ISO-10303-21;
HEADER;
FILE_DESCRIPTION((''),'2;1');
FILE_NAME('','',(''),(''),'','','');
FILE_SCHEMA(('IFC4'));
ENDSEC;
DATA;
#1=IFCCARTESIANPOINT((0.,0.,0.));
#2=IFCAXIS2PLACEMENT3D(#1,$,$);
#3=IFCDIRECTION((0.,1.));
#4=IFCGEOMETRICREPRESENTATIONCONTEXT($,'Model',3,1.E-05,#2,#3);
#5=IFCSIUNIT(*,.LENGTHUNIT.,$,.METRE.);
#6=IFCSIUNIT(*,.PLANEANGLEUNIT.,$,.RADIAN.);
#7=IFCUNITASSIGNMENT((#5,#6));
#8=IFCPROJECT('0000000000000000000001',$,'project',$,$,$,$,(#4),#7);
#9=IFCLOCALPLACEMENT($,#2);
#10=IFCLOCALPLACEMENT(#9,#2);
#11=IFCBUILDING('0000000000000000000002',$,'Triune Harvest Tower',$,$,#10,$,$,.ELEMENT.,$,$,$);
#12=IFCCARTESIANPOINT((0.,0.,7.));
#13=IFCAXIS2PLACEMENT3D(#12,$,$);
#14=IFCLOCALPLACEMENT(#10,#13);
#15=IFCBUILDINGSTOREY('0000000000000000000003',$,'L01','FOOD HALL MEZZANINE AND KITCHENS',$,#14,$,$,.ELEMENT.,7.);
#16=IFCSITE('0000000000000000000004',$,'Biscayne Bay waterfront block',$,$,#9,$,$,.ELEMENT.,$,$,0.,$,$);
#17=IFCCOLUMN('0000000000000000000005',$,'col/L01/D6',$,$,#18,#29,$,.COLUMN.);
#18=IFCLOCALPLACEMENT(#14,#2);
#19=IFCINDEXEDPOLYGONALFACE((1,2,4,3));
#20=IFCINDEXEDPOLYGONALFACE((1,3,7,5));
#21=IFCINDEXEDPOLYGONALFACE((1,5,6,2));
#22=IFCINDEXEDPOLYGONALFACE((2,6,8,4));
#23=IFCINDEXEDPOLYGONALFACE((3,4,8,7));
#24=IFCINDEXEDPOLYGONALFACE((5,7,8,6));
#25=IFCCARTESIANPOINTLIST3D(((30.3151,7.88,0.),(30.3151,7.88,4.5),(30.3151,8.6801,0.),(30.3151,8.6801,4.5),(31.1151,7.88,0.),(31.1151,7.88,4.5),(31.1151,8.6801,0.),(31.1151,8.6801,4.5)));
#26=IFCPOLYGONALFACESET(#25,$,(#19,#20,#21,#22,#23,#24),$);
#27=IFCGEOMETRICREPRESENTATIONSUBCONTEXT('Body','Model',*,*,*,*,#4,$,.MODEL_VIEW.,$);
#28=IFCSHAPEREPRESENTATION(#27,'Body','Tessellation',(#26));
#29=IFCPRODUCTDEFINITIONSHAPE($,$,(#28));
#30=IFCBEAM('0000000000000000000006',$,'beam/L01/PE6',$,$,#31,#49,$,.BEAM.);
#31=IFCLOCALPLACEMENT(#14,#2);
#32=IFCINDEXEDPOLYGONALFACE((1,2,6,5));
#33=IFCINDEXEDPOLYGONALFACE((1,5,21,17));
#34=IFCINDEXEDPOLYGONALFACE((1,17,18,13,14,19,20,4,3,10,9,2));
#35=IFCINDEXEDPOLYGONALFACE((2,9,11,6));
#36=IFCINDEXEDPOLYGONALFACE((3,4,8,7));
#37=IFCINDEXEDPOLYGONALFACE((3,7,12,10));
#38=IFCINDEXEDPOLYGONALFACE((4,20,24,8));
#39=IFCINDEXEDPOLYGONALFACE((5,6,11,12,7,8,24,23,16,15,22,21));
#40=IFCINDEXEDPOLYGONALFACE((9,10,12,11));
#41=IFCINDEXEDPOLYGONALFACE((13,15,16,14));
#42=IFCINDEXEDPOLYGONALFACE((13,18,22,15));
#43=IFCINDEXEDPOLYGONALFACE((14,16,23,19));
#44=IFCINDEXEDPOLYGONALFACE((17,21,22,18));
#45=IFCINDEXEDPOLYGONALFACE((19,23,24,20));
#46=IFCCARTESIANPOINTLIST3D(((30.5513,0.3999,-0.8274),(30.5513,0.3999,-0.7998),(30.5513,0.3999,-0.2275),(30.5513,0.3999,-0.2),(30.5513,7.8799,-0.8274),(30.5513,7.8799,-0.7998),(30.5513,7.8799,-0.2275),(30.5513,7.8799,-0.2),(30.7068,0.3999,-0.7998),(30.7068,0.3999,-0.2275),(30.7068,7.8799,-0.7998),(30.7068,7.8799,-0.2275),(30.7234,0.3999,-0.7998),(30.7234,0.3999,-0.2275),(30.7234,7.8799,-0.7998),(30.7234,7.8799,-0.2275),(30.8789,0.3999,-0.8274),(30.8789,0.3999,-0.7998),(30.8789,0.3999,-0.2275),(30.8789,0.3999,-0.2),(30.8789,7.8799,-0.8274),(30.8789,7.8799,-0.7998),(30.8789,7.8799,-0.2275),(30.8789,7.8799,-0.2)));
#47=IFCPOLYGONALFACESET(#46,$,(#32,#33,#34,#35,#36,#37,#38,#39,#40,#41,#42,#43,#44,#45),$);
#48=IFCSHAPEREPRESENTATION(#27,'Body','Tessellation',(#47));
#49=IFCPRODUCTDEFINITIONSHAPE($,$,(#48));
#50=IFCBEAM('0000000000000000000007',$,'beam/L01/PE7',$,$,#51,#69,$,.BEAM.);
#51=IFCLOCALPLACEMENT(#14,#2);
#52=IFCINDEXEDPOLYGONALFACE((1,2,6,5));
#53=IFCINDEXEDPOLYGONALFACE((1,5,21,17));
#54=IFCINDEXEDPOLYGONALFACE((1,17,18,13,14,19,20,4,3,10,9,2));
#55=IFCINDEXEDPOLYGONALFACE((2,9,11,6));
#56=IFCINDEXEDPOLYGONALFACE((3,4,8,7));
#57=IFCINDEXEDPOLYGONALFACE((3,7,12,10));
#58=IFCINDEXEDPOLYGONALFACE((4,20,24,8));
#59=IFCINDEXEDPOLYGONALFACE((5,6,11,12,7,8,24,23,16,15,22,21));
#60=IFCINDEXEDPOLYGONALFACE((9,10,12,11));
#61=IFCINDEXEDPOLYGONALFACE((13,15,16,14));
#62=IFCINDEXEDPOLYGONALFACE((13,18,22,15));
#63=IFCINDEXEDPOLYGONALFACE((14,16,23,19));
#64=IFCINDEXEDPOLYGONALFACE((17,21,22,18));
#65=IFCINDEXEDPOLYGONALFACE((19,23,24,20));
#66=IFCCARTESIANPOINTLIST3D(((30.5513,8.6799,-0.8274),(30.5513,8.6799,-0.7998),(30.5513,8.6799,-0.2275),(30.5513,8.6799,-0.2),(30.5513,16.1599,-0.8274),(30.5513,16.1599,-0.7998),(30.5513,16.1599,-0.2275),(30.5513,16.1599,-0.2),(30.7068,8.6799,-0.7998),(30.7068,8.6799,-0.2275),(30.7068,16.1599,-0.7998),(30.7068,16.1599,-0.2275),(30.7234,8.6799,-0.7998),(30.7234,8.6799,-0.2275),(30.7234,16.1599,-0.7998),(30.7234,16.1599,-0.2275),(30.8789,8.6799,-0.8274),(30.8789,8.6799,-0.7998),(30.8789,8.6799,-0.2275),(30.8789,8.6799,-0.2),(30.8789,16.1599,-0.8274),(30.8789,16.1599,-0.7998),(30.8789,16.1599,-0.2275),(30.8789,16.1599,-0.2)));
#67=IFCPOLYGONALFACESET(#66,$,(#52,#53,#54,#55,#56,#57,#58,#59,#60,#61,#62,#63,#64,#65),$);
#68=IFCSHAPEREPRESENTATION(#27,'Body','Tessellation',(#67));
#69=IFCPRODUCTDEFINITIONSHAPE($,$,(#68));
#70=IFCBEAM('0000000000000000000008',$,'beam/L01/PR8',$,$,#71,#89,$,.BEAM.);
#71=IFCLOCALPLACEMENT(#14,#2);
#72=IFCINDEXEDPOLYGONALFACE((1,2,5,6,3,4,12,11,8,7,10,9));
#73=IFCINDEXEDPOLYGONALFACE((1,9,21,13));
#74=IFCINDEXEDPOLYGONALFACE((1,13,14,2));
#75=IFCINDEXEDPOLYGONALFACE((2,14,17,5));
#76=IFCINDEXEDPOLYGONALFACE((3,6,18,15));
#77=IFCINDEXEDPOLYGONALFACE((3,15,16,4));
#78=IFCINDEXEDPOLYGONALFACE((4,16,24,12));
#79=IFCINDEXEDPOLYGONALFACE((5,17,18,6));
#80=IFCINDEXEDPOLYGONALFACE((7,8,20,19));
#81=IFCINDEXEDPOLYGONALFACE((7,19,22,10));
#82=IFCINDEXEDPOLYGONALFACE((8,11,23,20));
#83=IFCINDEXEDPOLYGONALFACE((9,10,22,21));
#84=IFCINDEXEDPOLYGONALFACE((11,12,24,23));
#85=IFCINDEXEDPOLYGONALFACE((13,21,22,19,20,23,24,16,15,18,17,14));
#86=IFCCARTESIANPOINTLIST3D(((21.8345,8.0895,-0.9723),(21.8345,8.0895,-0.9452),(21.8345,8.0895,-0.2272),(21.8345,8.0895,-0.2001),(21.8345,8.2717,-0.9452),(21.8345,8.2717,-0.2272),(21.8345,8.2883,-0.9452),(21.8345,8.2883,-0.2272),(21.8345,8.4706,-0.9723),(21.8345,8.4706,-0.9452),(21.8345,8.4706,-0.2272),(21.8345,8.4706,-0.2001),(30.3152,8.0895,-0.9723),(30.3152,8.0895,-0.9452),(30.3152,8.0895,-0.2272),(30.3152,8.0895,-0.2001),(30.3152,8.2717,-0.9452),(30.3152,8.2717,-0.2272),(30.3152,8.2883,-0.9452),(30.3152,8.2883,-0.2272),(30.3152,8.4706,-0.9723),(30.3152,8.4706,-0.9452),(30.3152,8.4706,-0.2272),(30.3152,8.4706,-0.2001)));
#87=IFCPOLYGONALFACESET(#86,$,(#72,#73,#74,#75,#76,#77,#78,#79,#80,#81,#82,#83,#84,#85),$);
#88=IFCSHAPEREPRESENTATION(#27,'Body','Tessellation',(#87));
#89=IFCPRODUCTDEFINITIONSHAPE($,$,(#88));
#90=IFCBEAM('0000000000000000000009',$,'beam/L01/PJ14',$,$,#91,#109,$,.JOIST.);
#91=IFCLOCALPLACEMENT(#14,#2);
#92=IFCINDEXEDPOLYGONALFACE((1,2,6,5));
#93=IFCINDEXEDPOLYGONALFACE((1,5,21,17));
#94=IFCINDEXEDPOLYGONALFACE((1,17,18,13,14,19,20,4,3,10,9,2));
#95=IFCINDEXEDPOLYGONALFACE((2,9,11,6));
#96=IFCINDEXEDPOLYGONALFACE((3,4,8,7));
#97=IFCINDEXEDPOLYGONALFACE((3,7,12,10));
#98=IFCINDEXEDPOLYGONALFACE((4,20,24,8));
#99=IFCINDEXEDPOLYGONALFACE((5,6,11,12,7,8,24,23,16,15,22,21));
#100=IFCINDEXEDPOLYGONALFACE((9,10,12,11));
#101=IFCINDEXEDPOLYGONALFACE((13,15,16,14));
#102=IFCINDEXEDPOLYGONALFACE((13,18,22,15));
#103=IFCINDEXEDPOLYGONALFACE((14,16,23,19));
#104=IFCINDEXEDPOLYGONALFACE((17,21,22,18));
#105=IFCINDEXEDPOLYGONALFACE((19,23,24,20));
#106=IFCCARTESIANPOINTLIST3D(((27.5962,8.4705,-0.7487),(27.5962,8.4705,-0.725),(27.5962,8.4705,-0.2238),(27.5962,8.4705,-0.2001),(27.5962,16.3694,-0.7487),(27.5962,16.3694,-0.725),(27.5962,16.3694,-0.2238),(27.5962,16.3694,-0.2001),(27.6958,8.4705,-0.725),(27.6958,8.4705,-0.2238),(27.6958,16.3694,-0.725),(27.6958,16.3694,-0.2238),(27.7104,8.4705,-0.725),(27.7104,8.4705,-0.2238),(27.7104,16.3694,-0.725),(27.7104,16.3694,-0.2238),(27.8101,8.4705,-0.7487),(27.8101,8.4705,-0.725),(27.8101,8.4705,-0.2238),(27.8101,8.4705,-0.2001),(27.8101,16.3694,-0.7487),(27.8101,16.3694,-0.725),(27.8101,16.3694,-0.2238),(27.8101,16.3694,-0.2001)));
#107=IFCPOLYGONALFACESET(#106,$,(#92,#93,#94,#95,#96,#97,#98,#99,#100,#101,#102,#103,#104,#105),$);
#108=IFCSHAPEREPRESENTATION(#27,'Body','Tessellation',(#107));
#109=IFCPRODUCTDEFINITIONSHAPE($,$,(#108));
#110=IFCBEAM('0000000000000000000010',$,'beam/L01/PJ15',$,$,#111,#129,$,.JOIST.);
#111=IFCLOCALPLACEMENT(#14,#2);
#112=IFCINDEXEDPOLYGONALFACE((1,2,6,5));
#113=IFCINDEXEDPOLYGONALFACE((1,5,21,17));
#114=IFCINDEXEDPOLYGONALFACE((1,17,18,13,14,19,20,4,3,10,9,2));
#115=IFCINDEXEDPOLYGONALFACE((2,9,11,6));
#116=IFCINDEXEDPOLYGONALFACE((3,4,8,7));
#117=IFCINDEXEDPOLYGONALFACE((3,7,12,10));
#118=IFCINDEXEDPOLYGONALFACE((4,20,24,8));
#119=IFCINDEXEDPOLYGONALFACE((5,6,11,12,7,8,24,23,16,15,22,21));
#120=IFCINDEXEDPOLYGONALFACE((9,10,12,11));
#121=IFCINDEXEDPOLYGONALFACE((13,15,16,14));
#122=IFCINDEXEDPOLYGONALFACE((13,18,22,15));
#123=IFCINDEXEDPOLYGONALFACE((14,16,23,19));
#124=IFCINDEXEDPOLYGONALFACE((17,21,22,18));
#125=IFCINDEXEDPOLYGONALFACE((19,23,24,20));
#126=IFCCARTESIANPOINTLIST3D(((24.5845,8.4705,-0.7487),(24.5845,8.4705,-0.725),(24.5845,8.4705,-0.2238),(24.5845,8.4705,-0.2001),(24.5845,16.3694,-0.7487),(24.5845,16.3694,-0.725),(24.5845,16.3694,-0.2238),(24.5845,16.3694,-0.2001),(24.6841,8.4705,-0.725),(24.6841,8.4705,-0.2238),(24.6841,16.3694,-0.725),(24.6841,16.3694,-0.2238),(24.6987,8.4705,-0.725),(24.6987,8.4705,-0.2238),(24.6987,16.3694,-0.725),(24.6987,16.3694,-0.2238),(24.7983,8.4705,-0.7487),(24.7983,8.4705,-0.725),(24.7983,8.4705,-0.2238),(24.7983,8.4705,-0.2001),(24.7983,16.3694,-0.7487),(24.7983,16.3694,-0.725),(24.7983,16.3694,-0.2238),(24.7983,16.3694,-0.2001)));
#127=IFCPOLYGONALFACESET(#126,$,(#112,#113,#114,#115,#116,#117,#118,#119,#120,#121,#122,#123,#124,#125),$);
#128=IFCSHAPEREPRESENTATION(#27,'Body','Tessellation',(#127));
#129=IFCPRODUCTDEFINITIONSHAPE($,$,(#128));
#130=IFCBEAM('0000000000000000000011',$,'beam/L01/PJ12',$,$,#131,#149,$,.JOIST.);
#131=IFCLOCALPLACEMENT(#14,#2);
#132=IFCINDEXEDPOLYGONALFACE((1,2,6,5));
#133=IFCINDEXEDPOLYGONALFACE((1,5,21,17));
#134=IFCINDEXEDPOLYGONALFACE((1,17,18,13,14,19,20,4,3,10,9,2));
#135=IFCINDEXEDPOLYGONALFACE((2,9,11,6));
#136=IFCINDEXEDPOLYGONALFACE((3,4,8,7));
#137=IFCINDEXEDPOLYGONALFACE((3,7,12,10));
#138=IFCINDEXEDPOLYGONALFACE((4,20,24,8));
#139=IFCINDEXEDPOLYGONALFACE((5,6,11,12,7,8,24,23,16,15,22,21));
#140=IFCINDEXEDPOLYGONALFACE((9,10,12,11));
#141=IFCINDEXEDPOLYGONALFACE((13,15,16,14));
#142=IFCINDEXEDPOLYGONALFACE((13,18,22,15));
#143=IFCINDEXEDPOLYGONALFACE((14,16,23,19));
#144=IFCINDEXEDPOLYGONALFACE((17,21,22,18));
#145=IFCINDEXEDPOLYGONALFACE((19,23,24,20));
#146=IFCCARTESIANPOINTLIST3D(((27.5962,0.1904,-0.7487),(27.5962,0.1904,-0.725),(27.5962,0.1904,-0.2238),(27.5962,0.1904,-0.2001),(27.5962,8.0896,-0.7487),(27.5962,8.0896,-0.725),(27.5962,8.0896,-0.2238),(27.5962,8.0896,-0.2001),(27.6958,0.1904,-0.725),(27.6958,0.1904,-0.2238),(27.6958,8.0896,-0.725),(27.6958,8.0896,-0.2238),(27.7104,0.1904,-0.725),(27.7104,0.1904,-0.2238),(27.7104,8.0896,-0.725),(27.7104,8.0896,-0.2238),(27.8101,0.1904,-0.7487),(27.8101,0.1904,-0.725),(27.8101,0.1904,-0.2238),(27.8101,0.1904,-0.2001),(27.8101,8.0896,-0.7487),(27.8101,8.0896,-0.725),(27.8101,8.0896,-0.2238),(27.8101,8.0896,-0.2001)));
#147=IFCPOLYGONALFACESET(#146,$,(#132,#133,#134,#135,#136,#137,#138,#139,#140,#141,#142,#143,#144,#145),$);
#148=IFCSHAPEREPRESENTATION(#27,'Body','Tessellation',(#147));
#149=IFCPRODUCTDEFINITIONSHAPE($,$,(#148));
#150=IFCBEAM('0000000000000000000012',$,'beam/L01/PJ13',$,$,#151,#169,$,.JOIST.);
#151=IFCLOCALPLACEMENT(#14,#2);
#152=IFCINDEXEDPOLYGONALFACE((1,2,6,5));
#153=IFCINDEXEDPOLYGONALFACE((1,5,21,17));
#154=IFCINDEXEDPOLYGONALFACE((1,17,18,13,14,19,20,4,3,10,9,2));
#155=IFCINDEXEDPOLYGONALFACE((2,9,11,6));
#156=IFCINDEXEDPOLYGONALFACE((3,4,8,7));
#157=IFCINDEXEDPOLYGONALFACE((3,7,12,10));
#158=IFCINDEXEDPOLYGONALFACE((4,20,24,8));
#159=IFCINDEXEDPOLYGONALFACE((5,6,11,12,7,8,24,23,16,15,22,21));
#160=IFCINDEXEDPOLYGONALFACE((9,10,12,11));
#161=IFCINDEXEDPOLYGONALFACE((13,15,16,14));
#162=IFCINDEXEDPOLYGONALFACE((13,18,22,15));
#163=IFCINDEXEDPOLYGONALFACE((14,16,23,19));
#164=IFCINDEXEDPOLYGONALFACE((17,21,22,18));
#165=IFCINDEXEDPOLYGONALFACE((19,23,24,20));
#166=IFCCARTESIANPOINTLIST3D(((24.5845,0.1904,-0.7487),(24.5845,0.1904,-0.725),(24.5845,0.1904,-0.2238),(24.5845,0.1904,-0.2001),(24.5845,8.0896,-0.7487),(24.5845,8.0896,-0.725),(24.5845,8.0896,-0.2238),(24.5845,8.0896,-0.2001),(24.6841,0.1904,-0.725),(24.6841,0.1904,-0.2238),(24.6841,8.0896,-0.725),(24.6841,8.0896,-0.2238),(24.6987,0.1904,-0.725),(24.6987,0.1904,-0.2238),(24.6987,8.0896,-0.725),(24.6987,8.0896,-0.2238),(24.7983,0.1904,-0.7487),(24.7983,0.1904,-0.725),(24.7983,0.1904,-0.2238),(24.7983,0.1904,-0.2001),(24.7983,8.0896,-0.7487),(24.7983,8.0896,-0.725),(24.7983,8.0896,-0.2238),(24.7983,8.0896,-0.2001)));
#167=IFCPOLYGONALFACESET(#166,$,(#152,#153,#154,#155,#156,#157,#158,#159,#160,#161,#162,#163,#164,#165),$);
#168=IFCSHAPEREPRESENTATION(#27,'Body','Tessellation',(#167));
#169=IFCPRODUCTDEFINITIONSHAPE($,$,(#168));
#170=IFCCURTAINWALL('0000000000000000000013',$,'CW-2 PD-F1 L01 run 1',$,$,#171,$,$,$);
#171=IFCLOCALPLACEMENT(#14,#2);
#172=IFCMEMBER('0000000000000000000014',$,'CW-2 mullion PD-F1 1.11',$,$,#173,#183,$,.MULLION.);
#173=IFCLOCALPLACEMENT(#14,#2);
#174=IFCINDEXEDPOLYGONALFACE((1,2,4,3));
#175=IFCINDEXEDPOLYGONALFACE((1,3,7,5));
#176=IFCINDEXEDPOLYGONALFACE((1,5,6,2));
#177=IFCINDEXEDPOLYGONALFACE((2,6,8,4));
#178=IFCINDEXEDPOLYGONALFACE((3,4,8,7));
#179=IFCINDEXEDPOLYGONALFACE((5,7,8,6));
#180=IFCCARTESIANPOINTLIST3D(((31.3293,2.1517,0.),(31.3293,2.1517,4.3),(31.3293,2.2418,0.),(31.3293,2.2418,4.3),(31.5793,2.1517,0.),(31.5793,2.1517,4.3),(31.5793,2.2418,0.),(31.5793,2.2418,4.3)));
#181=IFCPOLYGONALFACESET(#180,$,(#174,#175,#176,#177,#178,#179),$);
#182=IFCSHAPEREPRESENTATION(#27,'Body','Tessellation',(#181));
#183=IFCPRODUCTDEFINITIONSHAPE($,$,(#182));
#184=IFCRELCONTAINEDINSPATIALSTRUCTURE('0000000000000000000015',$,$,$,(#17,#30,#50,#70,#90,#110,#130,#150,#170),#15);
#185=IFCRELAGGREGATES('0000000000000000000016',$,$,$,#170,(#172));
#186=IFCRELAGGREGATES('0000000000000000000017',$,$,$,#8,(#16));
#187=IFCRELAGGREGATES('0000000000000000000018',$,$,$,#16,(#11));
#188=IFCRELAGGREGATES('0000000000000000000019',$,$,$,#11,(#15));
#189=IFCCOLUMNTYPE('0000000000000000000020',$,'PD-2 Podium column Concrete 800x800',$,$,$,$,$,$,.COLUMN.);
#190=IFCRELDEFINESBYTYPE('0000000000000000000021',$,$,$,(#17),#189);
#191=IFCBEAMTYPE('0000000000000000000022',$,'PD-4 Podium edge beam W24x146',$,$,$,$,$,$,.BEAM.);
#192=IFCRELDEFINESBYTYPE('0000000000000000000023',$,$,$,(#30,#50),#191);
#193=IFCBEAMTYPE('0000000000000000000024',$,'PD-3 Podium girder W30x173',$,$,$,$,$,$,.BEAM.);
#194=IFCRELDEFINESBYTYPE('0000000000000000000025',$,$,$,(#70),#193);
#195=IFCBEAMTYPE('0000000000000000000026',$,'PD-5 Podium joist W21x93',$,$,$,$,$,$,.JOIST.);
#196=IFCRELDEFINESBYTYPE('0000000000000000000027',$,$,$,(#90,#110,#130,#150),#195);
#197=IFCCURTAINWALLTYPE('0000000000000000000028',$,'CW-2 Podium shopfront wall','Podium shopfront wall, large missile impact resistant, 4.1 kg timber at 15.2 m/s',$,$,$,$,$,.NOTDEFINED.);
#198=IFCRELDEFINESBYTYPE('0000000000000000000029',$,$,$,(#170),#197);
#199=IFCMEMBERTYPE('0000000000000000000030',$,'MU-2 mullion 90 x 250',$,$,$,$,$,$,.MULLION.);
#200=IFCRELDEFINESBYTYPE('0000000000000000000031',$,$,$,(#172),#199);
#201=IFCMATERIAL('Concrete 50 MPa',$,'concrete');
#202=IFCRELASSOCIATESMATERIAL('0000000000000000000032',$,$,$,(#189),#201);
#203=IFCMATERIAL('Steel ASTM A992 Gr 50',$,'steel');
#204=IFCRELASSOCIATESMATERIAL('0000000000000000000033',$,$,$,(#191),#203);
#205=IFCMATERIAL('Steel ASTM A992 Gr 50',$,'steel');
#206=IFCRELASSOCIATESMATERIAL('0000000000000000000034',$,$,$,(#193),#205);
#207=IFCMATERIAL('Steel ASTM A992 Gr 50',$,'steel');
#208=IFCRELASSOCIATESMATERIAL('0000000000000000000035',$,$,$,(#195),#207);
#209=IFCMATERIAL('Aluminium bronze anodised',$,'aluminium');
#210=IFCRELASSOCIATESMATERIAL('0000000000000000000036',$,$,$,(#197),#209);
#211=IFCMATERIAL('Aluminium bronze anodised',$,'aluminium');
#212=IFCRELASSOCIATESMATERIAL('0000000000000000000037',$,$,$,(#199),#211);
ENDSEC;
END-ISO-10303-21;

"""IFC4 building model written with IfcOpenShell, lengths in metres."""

from ifc_helpers import new_model, si_unit, direction, frame, origin, origin_2d, place, context, subcontext, project, spatial, rectangle, i_section, extrude, source, transform, mapped, material, material_profile, profile_set, type_object, element, aggregate, save


model = new_model("IFC4")

# Units and contexts
model_context = context("Model", 3, precision=1e-05, world=origin(), true_north=direction((0.0, 1.0)))
body_context = subcontext(model_context, "Body", "Model", "MODEL_VIEW")
ifc_project = project(units=[si_unit("LENGTHUNIT", "METRE"), si_unit("PLANEANGLEUNIT", "RADIAN")], contexts=[model_context])

# Site, building, storey
site_placement = place(None, origin())
site = spatial("IfcSite", under=ifc_project, at=site_placement, Name="Biscayne Bay waterfront block", CompositionType="ELEMENT", RefElevation=0.0)
building_placement = place(site_placement, origin())
building = spatial("IfcBuilding", under=site, at=building_placement, Name="Triune Harvest Tower", CompositionType="ELEMENT")
storey_placement = place(building_placement, frame((0.0, 0.0, 7.0)))
storey = spatial("IfcBuildingStorey", under=building, at=storey_placement, Name="L01", Description="FOOD HALL MEZZANINE AND KITCHENS", CompositionType="ELEMENT", Elevation=7.0)

# Column
ifc_material_1 = material(Name="Concrete 50 MPa", Category="concrete")
ifc_material_profile_1 = material_profile(ifc_material_1, rectangle(XDim=0.8, YDim=0.8, at=origin_2d()), Name="Concrete 800x800")
ifc_profile_set_1 = profile_set([ifc_material_profile_1], Name="Concrete 50 MPa")
column_type = type_object("IfcColumnType", Name="PD-2 Podium column Concrete 800x800", PredefinedType="COLUMN", material=ifc_profile_set_1)
shared_shape_1 = source(origin(), body_context, "Body", "SweptSolid", [
    extrude(rectangle(XDim=0.8, YDim=0.8, at=origin_2d()), origin(), (0.0, 0.0, 1.0), 4.5),
])
column_placement = place(storey_placement, frame((30.7151, 8.28, 0.0), z_axis=(0.0, 0.0, 1.0), x_axis=(0.0, 1.0, 0.0)))
element("IfcColumn", 1, at=column_placement, inside=storey, type_object=column_type, Name="col/L01/D6", PredefinedType="COLUMN", context=body_context, shape_type="MappedRepresentation", body=[
    mapped(shared_shape_1, transform((0.0, 0.0, 0.0), scale=1.0)),
])

# Beams
ifc_material_2 = material(Name="Steel ASTM A992 Gr 50", Category="steel")
ifc_material_profile_2 = material_profile(ifc_material_2, i_section(OverallWidth=0.3276, OverallDepth=0.6274, WebThickness=0.0166, FlangeThickness=0.0276, at=origin_2d()), Name="W24x146")
ifc_profile_set_2 = profile_set([ifc_material_profile_2], Name="Steel ASTM A992 Gr 50")
beam_type_1 = type_object("IfcBeamType", Name="PD-4 Podium edge beam W24x146", PredefinedType="BEAM", material=ifc_profile_set_2)
shared_shape_2 = source(origin(), body_context, "Body", "SweptSolid", [
    extrude(i_section(OverallWidth=0.3276, OverallDepth=0.6274, WebThickness=0.0166, FlangeThickness=0.0276, at=origin_2d()), origin(), (0.0, 0.0, 1.0), 7.48),
])
for number, where, z_axis, x_axis, name in (
    (2, (30.7151, 0.3999, -0.5137), (0.0, 1.0, 0.0), (-1.0, 0.0, 0.0), "beam/L01/PE6"),
    (3, (30.7151, 8.6799, -0.5137), (0.0, 1.0, 0.0), (-1.0, 0.0, 0.0), "beam/L01/PE7"),
):
    element("IfcBeam", number, at=place(storey_placement, frame(where, z_axis=z_axis, x_axis=x_axis)), inside=storey, type_object=beam_type_1, Name=name, PredefinedType="BEAM", context=body_context, shape_type="MappedRepresentation", body=[
        mapped(shared_shape_2, transform((0.0, 0.0, 0.0), scale=1.0)),
    ])
ifc_material_3 = material(Name="Steel ASTM A992 Gr 50", Category="steel")
ifc_material_profile_3 = material_profile(ifc_material_3, i_section(OverallWidth=0.3811, OverallDepth=0.7722, WebThickness=0.0166, FlangeThickness=0.0271, at=origin_2d()), Name="W30x173")
ifc_profile_set_3 = profile_set([ifc_material_profile_3], Name="Steel ASTM A992 Gr 50")
beam_type_2 = type_object("IfcBeamType", Name="PD-3 Podium girder W30x173", PredefinedType="BEAM", material=ifc_profile_set_3)
shared_shape_3 = source(origin(), body_context, "Body", "SweptSolid", [
    extrude(i_section(OverallWidth=0.3811, OverallDepth=0.7722, WebThickness=0.0166, FlangeThickness=0.0271, at=origin_2d()), origin(), (0.0, 0.0, 1.0), 8.4807),
])
beam_placement = place(storey_placement, frame((30.3152, 8.28, -0.5862), z_axis=(-1.0, 0.0, 0.0), x_axis=(0.0, -1.0, 0.0)))
element("IfcBeam", 4, at=beam_placement, inside=storey, type_object=beam_type_2, Name="beam/L01/PR8", PredefinedType="BEAM", context=body_context, shape_type="MappedRepresentation", body=[
    mapped(shared_shape_3, transform((0.0, 0.0, 0.0), scale=1.0)),
])
ifc_material_4 = material(Name="Steel ASTM A992 Gr 50", Category="steel")
ifc_material_profile_4 = material_profile(ifc_material_4, i_section(OverallWidth=0.2139, OverallDepth=0.5486, WebThickness=0.0146, FlangeThickness=0.0237, at=origin_2d()), Name="W21x93")
ifc_profile_set_4 = profile_set([ifc_material_profile_4], Name="Steel ASTM A992 Gr 50")
beam_type_3 = type_object("IfcBeamType", Name="PD-5 Podium joist W21x93", PredefinedType="JOIST", material=ifc_profile_set_4)
shared_shape_4 = source(origin(), body_context, "Body", "SweptSolid", [
    extrude(i_section(OverallWidth=0.2139, OverallDepth=0.5486, WebThickness=0.0146, FlangeThickness=0.0237, at=origin_2d()), origin(), (0.0, 0.0, 1.0), 7.8989),
])
for number, where, z_axis, x_axis, name in (
    (5, (27.7031, 8.4705, -0.4744), (0.0, 1.0, 0.0), (-1.0, 0.0, 0.0), "beam/L01/PJ14"),
    (6, (24.6914, 8.4705, -0.4744), (0.0, 1.0, 0.0), (-1.0, 0.0, 0.0), "beam/L01/PJ15"),
):
    element("IfcBeam", number, at=place(storey_placement, frame(where, z_axis=z_axis, x_axis=x_axis)), inside=storey, type_object=beam_type_3, Name=name, PredefinedType="JOIST", context=body_context, shape_type="MappedRepresentation", body=[
        mapped(shared_shape_4, transform((0.0, 0.0, 0.0), scale=1.0)),
    ])
shared_shape_5 = source(origin(), body_context, "Body", "SweptSolid", [
    extrude(i_section(OverallWidth=0.2139, OverallDepth=0.5486, WebThickness=0.0146, FlangeThickness=0.0237, at=origin_2d()), origin(), (0.0, 0.0, 1.0), 7.8992),
])
for number, where, z_axis, x_axis, name in (
    (7, (27.7031, 0.1904, -0.4744), (0.0, 1.0, 0.0), (-1.0, 0.0, 0.0), "beam/L01/PJ12"),
    (8, (24.6914, 0.1904, -0.4744), (0.0, 1.0, 0.0), (-1.0, 0.0, 0.0), "beam/L01/PJ13"),
):
    element("IfcBeam", number, at=place(storey_placement, frame(where, z_axis=z_axis, x_axis=x_axis)), inside=storey, type_object=beam_type_3, Name=name, PredefinedType="JOIST", context=body_context, shape_type="MappedRepresentation", body=[
        mapped(shared_shape_5, transform((0.0, 0.0, 0.0), scale=1.0)),
    ])

# Curtain wall, member
ifc_material_5 = material(Name="Aluminium bronze anodised", Category="aluminium")
curtain_wall_type = type_object("IfcCurtainWallType", Name="CW-2 Podium shopfront wall", Description="Podium shopfront wall, large missile impact resistant, 4.1 kg timber at 15.2 m/s", PredefinedType="NOTDEFINED", material=ifc_material_5)
curtain_wall_placement = place(storey_placement, origin())
curtain_wall = element("IfcCurtainWall", 9, at=curtain_wall_placement, inside=storey, type_object=curtain_wall_type, Name="CW-2 PD-F1 L01 run 1")
ifc_material_6 = material(Name="Aluminium bronze anodised", Category="aluminium")
ifc_material_profile_5 = material_profile(ifc_material_6, rectangle(XDim=0.25, YDim=0.0901, at=origin_2d()), Name="MU-2 mullion 90 x 250")
ifc_profile_set_5 = profile_set([ifc_material_profile_5], Name="Aluminium bronze anodised")
member_type_1 = type_object("IfcMemberType", Name="MU-2 mullion 90 x 250", PredefinedType="MULLION", material=ifc_profile_set_5)
shared_shape_6 = source(origin(), body_context, "Body", "SweptSolid", [
    extrude(rectangle(XDim=0.25, YDim=0.0901, at=origin_2d()), origin(), (0.0, 0.0, 1.0), 4.3),
])
member_1_placement = place(storey_placement, frame((31.4543, 2.1968, 0.0), z_axis=(0.0, 0.0, 1.0), x_axis=(-1.0, 0.0, 0.0)))
member_1 = element("IfcMember", 10, at=member_1_placement, type_object=member_type_1, Name="CW-2 mullion PD-F1 1.11", PredefinedType="MULLION", context=body_context, shape_type="MappedRepresentation", body=[
    mapped(shared_shape_6, transform((0.0, 0.0, 0.0), scale=1.0)),
])
aggregate(curtain_wall, [member_1])

save(model, "model.ifc")
